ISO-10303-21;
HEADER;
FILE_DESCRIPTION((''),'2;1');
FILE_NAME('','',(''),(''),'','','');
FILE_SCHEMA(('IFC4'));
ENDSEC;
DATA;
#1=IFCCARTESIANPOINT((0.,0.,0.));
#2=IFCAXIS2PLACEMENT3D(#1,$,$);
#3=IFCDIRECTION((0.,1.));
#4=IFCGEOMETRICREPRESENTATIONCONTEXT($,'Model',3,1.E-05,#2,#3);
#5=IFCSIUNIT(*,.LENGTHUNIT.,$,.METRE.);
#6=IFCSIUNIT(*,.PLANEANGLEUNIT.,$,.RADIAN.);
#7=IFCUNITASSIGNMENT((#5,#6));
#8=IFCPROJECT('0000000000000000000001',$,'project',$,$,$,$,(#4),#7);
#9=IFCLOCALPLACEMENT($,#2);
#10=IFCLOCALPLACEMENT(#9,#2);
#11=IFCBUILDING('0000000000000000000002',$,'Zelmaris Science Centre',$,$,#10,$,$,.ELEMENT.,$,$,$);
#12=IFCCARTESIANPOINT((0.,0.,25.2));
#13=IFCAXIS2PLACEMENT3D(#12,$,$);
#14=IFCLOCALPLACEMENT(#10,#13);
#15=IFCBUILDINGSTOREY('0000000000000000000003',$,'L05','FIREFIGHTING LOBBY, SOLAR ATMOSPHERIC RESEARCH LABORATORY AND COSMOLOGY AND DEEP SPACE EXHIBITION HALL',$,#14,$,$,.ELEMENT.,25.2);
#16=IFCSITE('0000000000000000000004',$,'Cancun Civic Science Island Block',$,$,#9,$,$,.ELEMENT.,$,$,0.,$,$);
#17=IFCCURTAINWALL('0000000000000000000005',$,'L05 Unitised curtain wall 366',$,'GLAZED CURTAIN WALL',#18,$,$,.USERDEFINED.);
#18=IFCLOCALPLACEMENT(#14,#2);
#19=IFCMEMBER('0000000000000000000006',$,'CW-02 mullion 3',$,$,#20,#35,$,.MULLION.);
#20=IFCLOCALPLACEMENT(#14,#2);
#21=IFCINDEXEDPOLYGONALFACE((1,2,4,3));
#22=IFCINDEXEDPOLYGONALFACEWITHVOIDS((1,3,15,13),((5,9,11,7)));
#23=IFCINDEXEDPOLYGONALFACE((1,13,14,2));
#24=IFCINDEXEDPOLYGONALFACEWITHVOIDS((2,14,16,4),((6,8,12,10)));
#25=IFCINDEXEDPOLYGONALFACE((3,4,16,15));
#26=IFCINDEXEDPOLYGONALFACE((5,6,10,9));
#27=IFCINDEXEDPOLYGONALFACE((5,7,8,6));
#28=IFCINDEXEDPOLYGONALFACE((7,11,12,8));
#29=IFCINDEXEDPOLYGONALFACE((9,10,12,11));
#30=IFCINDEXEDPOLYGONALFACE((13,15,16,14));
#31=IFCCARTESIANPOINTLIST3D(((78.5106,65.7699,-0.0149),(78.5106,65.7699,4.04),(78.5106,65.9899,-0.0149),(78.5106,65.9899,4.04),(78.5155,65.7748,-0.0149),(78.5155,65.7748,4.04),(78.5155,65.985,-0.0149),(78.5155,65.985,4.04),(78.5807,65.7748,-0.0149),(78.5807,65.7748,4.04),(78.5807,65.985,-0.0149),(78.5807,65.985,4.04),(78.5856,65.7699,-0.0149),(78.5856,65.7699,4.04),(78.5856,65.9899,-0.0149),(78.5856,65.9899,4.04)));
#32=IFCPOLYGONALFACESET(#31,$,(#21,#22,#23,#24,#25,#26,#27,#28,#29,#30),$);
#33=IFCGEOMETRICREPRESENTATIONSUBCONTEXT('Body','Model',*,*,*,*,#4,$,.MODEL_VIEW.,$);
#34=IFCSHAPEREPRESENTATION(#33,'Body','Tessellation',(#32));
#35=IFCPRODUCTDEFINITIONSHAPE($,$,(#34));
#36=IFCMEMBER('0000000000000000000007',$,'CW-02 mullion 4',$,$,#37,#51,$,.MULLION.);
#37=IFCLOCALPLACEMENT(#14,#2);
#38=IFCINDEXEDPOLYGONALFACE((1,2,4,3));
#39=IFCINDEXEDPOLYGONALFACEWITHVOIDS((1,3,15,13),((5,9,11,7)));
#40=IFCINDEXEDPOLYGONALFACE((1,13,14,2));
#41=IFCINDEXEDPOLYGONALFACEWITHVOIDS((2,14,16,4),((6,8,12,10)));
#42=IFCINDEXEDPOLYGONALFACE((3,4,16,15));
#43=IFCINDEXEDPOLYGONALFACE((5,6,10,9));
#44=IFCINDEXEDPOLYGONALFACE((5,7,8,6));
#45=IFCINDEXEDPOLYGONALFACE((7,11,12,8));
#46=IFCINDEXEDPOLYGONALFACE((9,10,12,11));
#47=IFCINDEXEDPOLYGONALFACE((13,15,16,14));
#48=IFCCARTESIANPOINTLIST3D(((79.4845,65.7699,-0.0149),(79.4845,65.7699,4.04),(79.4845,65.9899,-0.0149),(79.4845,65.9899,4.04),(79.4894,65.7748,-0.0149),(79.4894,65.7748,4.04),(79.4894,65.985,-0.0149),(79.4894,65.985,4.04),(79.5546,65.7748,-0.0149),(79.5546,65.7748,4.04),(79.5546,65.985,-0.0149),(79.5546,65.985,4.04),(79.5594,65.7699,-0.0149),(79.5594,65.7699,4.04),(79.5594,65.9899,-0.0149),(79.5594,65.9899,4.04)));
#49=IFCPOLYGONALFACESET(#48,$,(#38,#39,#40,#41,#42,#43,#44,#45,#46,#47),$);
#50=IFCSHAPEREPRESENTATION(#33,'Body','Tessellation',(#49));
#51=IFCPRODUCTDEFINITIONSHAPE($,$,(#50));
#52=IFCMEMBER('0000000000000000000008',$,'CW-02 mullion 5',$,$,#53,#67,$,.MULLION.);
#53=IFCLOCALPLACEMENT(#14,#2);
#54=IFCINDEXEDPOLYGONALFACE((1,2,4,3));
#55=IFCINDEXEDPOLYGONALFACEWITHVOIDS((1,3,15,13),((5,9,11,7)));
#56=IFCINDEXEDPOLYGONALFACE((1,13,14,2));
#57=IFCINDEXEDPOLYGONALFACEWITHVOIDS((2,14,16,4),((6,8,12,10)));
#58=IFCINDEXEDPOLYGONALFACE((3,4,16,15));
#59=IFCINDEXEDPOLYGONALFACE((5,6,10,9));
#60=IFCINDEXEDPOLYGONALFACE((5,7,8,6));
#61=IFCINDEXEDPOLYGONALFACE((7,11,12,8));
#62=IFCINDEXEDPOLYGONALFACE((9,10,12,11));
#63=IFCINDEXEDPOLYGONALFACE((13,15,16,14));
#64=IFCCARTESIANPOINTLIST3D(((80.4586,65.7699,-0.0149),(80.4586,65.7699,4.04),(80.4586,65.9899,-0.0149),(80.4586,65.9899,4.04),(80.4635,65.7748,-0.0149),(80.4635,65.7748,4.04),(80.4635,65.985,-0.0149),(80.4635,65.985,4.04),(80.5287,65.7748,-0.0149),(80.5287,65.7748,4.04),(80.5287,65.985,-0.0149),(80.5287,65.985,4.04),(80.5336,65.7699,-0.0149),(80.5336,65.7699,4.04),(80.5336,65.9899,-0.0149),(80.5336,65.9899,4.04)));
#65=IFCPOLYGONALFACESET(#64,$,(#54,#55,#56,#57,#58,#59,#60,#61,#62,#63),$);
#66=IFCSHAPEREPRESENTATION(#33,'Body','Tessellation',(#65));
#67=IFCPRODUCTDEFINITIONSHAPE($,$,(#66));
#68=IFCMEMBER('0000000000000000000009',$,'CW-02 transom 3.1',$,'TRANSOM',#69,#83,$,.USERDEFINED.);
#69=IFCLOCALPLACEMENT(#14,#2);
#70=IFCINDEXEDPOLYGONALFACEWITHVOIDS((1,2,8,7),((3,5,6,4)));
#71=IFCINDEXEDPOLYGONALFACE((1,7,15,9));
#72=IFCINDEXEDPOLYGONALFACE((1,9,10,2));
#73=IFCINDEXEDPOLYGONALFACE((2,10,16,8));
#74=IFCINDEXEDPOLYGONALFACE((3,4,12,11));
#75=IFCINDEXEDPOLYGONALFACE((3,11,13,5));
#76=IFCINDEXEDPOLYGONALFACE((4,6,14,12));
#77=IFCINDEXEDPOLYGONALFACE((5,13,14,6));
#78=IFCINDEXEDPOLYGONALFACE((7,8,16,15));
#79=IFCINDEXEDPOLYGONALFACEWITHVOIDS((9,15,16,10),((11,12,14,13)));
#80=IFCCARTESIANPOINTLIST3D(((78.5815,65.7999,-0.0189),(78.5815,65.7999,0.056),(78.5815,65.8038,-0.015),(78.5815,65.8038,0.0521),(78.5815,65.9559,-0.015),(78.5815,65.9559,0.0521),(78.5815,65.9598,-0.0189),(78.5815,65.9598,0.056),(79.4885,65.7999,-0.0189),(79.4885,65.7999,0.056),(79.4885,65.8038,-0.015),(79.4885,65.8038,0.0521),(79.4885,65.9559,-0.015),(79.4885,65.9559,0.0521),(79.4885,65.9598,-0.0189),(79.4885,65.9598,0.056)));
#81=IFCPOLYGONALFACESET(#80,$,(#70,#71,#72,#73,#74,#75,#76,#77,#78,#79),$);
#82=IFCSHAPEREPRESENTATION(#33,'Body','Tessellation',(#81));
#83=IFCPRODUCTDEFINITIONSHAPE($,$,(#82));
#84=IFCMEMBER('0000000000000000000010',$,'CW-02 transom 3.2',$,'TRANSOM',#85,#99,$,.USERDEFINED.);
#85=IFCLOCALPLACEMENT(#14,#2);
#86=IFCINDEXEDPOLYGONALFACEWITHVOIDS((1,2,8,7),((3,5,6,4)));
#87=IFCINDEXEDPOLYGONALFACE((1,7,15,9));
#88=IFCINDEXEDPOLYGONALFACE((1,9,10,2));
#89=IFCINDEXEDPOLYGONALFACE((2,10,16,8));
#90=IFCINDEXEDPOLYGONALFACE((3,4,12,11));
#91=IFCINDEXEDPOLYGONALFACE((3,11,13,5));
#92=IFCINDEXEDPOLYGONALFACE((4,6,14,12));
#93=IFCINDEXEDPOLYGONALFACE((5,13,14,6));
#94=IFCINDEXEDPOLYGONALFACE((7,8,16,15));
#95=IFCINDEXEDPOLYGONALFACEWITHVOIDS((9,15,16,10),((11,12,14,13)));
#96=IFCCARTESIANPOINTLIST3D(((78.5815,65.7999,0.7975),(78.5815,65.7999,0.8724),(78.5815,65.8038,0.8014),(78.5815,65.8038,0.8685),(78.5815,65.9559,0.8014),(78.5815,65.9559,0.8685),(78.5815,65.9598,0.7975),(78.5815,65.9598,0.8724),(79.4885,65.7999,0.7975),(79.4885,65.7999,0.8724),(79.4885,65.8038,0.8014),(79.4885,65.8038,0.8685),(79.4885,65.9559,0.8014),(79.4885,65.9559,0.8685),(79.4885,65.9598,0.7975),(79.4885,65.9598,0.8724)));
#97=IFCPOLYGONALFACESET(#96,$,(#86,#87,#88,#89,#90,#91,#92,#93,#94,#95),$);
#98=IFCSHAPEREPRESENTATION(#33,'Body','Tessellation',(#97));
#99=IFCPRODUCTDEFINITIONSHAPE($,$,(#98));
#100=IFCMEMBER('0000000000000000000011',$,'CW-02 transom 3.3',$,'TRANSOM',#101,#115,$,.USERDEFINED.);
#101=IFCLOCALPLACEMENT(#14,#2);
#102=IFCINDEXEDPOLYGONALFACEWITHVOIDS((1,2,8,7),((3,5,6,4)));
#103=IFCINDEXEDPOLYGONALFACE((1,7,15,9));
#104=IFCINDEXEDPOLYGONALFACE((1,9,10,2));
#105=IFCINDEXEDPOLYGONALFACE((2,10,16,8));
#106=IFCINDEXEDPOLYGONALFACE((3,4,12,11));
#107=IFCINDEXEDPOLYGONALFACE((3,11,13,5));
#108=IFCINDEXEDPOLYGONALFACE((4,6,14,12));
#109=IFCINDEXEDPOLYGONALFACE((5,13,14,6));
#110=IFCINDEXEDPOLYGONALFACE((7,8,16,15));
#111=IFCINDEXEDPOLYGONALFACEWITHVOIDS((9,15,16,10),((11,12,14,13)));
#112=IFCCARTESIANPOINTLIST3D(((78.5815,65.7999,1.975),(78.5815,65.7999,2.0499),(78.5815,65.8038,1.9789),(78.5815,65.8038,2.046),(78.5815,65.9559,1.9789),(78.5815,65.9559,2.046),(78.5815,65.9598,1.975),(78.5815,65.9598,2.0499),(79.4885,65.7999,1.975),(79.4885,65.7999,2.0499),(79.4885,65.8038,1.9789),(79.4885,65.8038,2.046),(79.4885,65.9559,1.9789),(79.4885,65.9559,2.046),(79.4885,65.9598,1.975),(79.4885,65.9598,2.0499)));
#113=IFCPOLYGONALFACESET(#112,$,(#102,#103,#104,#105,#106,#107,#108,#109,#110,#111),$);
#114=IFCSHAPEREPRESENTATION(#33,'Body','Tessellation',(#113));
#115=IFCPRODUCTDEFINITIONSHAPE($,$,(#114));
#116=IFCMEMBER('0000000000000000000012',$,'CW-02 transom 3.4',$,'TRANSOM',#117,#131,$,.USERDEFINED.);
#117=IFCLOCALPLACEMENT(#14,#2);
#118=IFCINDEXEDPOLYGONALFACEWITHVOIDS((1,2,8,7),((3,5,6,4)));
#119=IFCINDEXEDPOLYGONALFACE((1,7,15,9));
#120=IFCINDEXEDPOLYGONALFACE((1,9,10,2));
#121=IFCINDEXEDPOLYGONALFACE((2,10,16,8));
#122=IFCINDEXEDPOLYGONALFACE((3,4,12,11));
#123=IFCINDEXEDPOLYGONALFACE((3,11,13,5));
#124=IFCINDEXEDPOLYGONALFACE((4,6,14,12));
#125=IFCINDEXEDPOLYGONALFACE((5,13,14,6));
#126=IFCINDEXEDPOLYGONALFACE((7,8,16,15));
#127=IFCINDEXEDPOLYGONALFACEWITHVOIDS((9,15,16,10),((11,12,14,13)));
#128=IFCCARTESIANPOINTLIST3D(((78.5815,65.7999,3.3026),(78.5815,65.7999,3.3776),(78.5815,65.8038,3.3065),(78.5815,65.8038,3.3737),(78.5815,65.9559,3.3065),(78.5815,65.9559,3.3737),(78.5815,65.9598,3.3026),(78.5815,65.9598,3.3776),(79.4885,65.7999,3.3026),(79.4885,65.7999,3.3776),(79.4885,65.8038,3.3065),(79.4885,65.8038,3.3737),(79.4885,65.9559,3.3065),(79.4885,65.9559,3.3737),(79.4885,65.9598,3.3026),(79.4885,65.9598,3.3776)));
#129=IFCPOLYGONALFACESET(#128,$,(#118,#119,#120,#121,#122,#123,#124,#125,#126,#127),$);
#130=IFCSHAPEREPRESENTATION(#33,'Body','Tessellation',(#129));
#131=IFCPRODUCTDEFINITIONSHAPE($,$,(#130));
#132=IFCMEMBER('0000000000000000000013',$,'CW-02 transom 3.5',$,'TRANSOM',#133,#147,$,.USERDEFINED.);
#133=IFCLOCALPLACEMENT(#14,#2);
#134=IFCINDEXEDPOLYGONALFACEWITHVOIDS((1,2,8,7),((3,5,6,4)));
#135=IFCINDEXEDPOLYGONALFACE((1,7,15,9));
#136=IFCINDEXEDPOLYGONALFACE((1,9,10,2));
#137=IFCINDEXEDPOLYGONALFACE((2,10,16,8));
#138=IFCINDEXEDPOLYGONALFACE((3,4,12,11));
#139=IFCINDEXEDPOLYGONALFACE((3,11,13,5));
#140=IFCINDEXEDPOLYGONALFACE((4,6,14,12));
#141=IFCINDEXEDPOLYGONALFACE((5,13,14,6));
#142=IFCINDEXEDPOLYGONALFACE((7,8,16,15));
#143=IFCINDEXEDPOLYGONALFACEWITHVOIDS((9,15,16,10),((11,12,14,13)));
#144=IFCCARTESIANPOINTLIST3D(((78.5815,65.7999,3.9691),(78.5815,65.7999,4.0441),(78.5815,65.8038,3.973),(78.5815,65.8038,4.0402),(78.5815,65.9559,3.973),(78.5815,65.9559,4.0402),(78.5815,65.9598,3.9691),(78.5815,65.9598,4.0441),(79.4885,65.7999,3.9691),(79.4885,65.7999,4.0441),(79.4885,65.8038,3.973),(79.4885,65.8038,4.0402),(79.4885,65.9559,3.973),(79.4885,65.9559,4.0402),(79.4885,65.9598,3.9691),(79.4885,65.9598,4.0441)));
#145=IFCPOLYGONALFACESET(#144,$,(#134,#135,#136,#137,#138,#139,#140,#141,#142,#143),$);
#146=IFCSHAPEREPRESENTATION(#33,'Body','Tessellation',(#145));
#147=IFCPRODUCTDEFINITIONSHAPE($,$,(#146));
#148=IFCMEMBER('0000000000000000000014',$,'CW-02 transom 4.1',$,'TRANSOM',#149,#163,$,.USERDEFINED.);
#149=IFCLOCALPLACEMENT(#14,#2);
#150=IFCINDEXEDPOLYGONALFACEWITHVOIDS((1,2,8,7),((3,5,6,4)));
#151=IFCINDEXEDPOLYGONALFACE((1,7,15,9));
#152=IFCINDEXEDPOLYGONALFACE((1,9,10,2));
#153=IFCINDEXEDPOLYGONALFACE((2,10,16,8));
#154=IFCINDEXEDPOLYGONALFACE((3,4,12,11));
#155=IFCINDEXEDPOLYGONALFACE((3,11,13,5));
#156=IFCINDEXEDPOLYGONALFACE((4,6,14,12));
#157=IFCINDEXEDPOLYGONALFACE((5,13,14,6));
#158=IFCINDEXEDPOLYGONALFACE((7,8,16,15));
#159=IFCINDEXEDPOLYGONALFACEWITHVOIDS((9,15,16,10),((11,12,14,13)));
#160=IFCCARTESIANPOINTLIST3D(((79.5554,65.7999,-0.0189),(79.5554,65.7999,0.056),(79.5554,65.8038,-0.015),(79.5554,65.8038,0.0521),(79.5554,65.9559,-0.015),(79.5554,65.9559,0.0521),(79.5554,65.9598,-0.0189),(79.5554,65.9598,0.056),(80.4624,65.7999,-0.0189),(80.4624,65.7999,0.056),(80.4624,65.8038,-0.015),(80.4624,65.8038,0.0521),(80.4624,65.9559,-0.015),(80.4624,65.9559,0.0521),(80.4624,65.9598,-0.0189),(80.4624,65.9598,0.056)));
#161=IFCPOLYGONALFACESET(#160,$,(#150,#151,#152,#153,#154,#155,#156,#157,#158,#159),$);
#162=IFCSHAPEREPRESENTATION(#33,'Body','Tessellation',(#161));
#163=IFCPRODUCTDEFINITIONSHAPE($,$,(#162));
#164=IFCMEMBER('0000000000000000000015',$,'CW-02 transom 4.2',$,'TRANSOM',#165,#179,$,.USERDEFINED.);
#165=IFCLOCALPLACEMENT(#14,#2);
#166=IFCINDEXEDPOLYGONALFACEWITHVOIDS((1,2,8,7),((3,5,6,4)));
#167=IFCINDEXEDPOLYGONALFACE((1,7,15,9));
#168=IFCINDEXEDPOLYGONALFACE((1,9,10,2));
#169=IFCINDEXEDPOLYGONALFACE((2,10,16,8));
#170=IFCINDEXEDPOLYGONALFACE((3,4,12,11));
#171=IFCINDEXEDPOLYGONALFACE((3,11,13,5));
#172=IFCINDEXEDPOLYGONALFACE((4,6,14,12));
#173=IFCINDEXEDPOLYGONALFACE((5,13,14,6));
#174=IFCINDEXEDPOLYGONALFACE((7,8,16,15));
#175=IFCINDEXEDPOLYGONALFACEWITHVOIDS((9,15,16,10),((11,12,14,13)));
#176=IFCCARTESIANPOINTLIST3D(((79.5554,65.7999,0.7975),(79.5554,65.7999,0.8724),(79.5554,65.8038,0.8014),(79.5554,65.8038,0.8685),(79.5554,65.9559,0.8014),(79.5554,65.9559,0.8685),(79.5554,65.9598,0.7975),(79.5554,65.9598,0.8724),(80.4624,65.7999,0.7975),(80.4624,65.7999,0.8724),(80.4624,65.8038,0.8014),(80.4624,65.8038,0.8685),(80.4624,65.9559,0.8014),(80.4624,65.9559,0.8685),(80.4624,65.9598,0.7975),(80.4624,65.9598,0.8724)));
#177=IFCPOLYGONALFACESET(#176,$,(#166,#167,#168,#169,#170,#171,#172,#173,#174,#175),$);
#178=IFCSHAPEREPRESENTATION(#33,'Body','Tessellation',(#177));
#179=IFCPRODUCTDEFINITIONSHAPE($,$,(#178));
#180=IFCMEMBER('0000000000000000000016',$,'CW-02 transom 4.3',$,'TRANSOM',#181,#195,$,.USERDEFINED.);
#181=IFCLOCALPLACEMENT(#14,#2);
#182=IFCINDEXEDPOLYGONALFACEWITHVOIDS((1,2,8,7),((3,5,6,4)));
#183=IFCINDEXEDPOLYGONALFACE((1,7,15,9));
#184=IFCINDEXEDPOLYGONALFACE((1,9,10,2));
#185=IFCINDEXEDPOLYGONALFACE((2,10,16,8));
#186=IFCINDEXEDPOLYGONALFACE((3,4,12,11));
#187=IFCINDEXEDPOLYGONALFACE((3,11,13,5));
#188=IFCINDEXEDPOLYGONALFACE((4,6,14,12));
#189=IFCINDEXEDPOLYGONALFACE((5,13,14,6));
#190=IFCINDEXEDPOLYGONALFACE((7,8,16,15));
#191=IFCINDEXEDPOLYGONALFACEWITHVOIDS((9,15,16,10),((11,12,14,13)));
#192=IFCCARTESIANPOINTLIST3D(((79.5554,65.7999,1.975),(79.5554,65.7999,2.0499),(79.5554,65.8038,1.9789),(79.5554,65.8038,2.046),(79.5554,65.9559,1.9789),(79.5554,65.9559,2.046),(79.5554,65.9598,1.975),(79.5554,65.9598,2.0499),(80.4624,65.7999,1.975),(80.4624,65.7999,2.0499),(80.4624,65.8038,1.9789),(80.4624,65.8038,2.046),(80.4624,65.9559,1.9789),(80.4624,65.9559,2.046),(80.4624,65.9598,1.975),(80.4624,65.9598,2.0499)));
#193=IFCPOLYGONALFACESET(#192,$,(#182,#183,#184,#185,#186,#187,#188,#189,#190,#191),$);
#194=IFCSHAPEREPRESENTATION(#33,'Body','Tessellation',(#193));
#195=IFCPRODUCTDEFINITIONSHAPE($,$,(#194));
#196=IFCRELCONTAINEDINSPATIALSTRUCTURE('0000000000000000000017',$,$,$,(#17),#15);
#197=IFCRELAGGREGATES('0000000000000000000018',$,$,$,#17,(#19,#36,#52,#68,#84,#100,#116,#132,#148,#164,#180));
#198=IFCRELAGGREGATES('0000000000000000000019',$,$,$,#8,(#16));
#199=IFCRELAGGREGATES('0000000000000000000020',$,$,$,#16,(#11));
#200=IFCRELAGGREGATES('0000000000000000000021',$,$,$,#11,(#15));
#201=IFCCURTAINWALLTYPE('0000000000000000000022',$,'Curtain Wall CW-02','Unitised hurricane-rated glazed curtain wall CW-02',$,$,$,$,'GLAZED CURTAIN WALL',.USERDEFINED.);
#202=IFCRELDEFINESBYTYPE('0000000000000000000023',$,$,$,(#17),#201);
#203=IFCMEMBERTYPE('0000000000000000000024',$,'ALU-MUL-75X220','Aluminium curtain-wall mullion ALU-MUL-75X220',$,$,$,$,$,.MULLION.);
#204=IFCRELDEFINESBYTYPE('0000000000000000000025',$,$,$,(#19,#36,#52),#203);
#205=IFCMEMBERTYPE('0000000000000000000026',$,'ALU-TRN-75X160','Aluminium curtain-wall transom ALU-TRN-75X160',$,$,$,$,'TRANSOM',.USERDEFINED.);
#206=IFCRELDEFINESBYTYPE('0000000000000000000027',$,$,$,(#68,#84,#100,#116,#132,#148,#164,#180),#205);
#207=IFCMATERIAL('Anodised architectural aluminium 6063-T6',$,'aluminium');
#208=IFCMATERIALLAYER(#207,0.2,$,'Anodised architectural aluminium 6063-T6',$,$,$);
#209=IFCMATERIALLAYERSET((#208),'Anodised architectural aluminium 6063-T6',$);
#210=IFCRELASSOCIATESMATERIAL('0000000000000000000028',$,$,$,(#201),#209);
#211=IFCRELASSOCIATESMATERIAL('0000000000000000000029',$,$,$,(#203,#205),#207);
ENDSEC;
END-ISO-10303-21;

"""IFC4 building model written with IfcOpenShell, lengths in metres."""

from ifc_helpers import new_model, si_unit, direction, frame, origin, origin_2d, place, context, subcontext, project, spatial, hollow_rectangle, extrude, material, layer, layer_set, material_profile, profile_set, type_object, element, aggregate, save


model = new_model("IFC4")

# Units and contexts
model_context = context("Model", 3, precision=1e-05, world=origin(), true_north=direction((0.0, 1.0)))
body_context = subcontext(model_context, "Body", "Model", "MODEL_VIEW")
ifc_project = project(units=[si_unit("LENGTHUNIT", "METRE"), si_unit("PLANEANGLEUNIT", "RADIAN")], contexts=[model_context])

# Site, building, storey
site_placement = place(None, origin())
site = spatial("IfcSite", under=ifc_project, at=site_placement, Name="Cancun Civic Science Island Block", CompositionType="ELEMENT", RefElevation=0.0)
building_placement = place(site_placement, origin())
building = spatial("IfcBuilding", under=site, at=building_placement, Name="Zelmaris Science Centre", CompositionType="ELEMENT")
storey_placement = place(building_placement, frame((0.0, 0.0, 25.2)))
storey = spatial("IfcBuildingStorey", under=building, at=storey_placement, Name="L05", Description="FIREFIGHTING LOBBY, SOLAR ATMOSPHERIC RESEARCH LABORATORY AND COSMOLOGY AND DEEP SPACE EXHIBITION HALL", CompositionType="ELEMENT", Elevation=25.2)

# Curtain wall, members
ifc_material_1 = material(Name="Anodised architectural aluminium 6063-T6", Category="aluminium")
ifc_layer_1 = layer(ifc_material_1, 0.2, Name="Anodised architectural aluminium 6063-T6")
ifc_layer_set_1 = layer_set([ifc_layer_1], Name="Anodised architectural aluminium 6063-T6")
curtain_wall_type = type_object("IfcCurtainWallType", Name="Curtain Wall CW-02", Description="Unitised hurricane-rated glazed curtain wall CW-02", ElementType="GLAZED CURTAIN WALL", PredefinedType="USERDEFINED", material=ifc_layer_set_1)
curtain_wall_placement = place(storey_placement, origin())
curtain_wall = element("IfcCurtainWall", 1, at=curtain_wall_placement, inside=storey, type_object=curtain_wall_type, Name="L05 Unitised curtain wall 366", ObjectType="GLAZED CURTAIN WALL", PredefinedType="USERDEFINED")
ifc_material_profile_1 = material_profile(ifc_material_1, hollow_rectangle(XDim=0.075, YDim=0.22, WallThickness=0.0049, at=origin_2d()), Name="ALU-MUL-75X220")
ifc_profile_set_1 = profile_set([ifc_material_profile_1], Name="Anodised architectural aluminium 6063-T6")
member_type_1 = type_object("IfcMemberType", Name="ALU-MUL-75X220", Description="Aluminium curtain-wall mullion ALU-MUL-75X220", PredefinedType="MULLION", material=ifc_profile_set_1)
member_1_placement = place(storey_placement, frame((78.5481, 65.8799, -0.0149), z_axis=(0.0, 0.0, 1.0), x_axis=(1.0, -0.000007, 0.0)))
member_1 = element("IfcMember", 2, at=member_1_placement, type_object=member_type_1, Name="CW-02 mullion 3", PredefinedType="MULLION", context=body_context, shape_type="SweptSolid", body=[
    extrude(hollow_rectangle(XDim=0.075, YDim=0.22, WallThickness=0.0049, at=origin_2d()), origin(), (0.0, 0.0, 1.0), 4.0549),
])
member_2_placement = place(storey_placement, frame((79.522, 65.8799, -0.0149), z_axis=(0.0, 0.0, 1.0), x_axis=(1.0, -0.000007, 0.0)))
member_2 = element("IfcMember", 3, at=member_2_placement, type_object=member_type_1, Name="CW-02 mullion 4", PredefinedType="MULLION", context=body_context, shape_type="SweptSolid", body=[
    extrude(hollow_rectangle(XDim=0.075, YDim=0.22, WallThickness=0.0049, at=origin_2d()), origin(), (0.0, 0.0, 1.0), 4.0549),
])
member_3_placement = place(storey_placement, frame((80.4961, 65.8799, -0.0149), z_axis=(0.0, 0.0, 1.0), x_axis=(1.0, -0.000007, 0.0)))
member_3 = element("IfcMember", 4, at=member_3_placement, type_object=member_type_1, Name="CW-02 mullion 5", PredefinedType="MULLION", context=body_context, shape_type="SweptSolid", body=[
    extrude(hollow_rectangle(XDim=0.075, YDim=0.22, WallThickness=0.0049, at=origin_2d()), origin(), (0.0, 0.0, 1.0), 4.0549),
])
ifc_material_profile_2 = material_profile(ifc_material_1, hollow_rectangle(XDim=0.075, YDim=0.1599, WallThickness=0.0039, at=origin_2d()), Name="ALU-TRN-75X160")
ifc_profile_set_2 = profile_set([ifc_material_profile_2], Name="Anodised architectural aluminium 6063-T6")
member_type_2 = type_object("IfcMemberType", Name="ALU-TRN-75X160", Description="Aluminium curtain-wall transom ALU-TRN-75X160", ElementType="TRANSOM", PredefinedType="USERDEFINED", material=ifc_profile_set_2)
member_4_placement = place(storey_placement, frame((78.5815, 65.8799, 0.0186), z_axis=(1.0, 0.0, 0.0), x_axis=(0.0, 0.0, 1.0)))
member_4 = element("IfcMember", 5, at=member_4_placement, type_object=member_type_2, Name="CW-02 transom 3.1", ObjectType="TRANSOM", PredefinedType="USERDEFINED", context=body_context, shape_type="SweptSolid", body=[
    extrude(hollow_rectangle(XDim=0.075, YDim=0.1599, WallThickness=0.0039, at=origin_2d()), origin(), (0.0, 0.0, 1.0), 0.907),
])
member_5_placement = place(storey_placement, frame((78.5815, 65.8799, 0.835), z_axis=(1.0, 0.0, 0.0), x_axis=(0.0, 0.0, 1.0)))
member_5 = element("IfcMember", 6, at=member_5_placement, type_object=member_type_2, Name="CW-02 transom 3.2", ObjectType="TRANSOM", PredefinedType="USERDEFINED", context=body_context, shape_type="SweptSolid", body=[
    extrude(hollow_rectangle(XDim=0.075, YDim=0.1599, WallThickness=0.0039, at=origin_2d()), origin(), (0.0, 0.0, 1.0), 0.907),
])
member_6_placement = place(storey_placement, frame((78.5815, 65.8799, 2.0125), z_axis=(1.0, 0.0, 0.0), x_axis=(0.0, 0.0, 1.0)))
member_6 = element("IfcMember", 7, at=member_6_placement, type_object=member_type_2, Name="CW-02 transom 3.3", ObjectType="TRANSOM", PredefinedType="USERDEFINED", context=body_context, shape_type="SweptSolid", body=[
    extrude(hollow_rectangle(XDim=0.075, YDim=0.1599, WallThickness=0.0039, at=origin_2d()), origin(), (0.0, 0.0, 1.0), 0.907),
])
member_7_placement = place(storey_placement, frame((78.5815, 65.8799, 3.3401), z_axis=(1.0, 0.0, 0.0), x_axis=(0.0, 0.0, 1.0)))
member_7 = element("IfcMember", 8, at=member_7_placement, type_object=member_type_2, Name="CW-02 transom 3.4", ObjectType="TRANSOM", PredefinedType="USERDEFINED", context=body_context, shape_type="SweptSolid", body=[
    extrude(hollow_rectangle(XDim=0.075, YDim=0.1599, WallThickness=0.0039, at=origin_2d()), origin(), (0.0, 0.0, 1.0), 0.907),
])
member_8_placement = place(storey_placement, frame((78.5815, 65.8799, 4.0066), z_axis=(1.0, 0.0, 0.0), x_axis=(0.0, 0.0, 1.0)))
member_8 = element("IfcMember", 9, at=member_8_placement, type_object=member_type_2, Name="CW-02 transom 3.5", ObjectType="TRANSOM", PredefinedType="USERDEFINED", context=body_context, shape_type="SweptSolid", body=[
    extrude(hollow_rectangle(XDim=0.075, YDim=0.1599, WallThickness=0.0039, at=origin_2d()), origin(), (0.0, 0.0, 1.0), 0.907),
])
member_9_placement = place(storey_placement, frame((79.5554, 65.8799, 0.0186), z_axis=(1.0, 0.0, 0.0), x_axis=(0.0, 0.0, 1.0)))
member_9 = element("IfcMember", 10, at=member_9_placement, type_object=member_type_2, Name="CW-02 transom 4.1", ObjectType="TRANSOM", PredefinedType="USERDEFINED", context=body_context, shape_type="SweptSolid", body=[
    extrude(hollow_rectangle(XDim=0.075, YDim=0.1599, WallThickness=0.0039, at=origin_2d()), origin(), (0.0, 0.0, 1.0), 0.907),
])
member_10_placement = place(storey_placement, frame((79.5554, 65.8799, 0.835), z_axis=(1.0, 0.0, 0.0), x_axis=(0.0, 0.0, 1.0)))
member_10 = element("IfcMember", 11, at=member_10_placement, type_object=member_type_2, Name="CW-02 transom 4.2", ObjectType="TRANSOM", PredefinedType="USERDEFINED", context=body_context, shape_type="SweptSolid", body=[
    extrude(hollow_rectangle(XDim=0.075, YDim=0.1599, WallThickness=0.0039, at=origin_2d()), origin(), (0.0, 0.0, 1.0), 0.907),
])
member_11_placement = place(storey_placement, frame((79.5554, 65.8799, 2.0125), z_axis=(1.0, 0.0, 0.0), x_axis=(0.0, 0.0, 1.0)))
member_11 = element("IfcMember", 12, at=member_11_placement, type_object=member_type_2, Name="CW-02 transom 4.3", ObjectType="TRANSOM", PredefinedType="USERDEFINED", context=body_context, shape_type="SweptSolid", body=[
    extrude(hollow_rectangle(XDim=0.075, YDim=0.1599, WallThickness=0.0039, at=origin_2d()), origin(), (0.0, 0.0, 1.0), 0.907),
])
aggregate(curtain_wall, [member_1, member_2, member_3, member_4, member_5, member_6, member_7, member_8, member_9, member_10, member_11])

save(model, "model.ifc")
